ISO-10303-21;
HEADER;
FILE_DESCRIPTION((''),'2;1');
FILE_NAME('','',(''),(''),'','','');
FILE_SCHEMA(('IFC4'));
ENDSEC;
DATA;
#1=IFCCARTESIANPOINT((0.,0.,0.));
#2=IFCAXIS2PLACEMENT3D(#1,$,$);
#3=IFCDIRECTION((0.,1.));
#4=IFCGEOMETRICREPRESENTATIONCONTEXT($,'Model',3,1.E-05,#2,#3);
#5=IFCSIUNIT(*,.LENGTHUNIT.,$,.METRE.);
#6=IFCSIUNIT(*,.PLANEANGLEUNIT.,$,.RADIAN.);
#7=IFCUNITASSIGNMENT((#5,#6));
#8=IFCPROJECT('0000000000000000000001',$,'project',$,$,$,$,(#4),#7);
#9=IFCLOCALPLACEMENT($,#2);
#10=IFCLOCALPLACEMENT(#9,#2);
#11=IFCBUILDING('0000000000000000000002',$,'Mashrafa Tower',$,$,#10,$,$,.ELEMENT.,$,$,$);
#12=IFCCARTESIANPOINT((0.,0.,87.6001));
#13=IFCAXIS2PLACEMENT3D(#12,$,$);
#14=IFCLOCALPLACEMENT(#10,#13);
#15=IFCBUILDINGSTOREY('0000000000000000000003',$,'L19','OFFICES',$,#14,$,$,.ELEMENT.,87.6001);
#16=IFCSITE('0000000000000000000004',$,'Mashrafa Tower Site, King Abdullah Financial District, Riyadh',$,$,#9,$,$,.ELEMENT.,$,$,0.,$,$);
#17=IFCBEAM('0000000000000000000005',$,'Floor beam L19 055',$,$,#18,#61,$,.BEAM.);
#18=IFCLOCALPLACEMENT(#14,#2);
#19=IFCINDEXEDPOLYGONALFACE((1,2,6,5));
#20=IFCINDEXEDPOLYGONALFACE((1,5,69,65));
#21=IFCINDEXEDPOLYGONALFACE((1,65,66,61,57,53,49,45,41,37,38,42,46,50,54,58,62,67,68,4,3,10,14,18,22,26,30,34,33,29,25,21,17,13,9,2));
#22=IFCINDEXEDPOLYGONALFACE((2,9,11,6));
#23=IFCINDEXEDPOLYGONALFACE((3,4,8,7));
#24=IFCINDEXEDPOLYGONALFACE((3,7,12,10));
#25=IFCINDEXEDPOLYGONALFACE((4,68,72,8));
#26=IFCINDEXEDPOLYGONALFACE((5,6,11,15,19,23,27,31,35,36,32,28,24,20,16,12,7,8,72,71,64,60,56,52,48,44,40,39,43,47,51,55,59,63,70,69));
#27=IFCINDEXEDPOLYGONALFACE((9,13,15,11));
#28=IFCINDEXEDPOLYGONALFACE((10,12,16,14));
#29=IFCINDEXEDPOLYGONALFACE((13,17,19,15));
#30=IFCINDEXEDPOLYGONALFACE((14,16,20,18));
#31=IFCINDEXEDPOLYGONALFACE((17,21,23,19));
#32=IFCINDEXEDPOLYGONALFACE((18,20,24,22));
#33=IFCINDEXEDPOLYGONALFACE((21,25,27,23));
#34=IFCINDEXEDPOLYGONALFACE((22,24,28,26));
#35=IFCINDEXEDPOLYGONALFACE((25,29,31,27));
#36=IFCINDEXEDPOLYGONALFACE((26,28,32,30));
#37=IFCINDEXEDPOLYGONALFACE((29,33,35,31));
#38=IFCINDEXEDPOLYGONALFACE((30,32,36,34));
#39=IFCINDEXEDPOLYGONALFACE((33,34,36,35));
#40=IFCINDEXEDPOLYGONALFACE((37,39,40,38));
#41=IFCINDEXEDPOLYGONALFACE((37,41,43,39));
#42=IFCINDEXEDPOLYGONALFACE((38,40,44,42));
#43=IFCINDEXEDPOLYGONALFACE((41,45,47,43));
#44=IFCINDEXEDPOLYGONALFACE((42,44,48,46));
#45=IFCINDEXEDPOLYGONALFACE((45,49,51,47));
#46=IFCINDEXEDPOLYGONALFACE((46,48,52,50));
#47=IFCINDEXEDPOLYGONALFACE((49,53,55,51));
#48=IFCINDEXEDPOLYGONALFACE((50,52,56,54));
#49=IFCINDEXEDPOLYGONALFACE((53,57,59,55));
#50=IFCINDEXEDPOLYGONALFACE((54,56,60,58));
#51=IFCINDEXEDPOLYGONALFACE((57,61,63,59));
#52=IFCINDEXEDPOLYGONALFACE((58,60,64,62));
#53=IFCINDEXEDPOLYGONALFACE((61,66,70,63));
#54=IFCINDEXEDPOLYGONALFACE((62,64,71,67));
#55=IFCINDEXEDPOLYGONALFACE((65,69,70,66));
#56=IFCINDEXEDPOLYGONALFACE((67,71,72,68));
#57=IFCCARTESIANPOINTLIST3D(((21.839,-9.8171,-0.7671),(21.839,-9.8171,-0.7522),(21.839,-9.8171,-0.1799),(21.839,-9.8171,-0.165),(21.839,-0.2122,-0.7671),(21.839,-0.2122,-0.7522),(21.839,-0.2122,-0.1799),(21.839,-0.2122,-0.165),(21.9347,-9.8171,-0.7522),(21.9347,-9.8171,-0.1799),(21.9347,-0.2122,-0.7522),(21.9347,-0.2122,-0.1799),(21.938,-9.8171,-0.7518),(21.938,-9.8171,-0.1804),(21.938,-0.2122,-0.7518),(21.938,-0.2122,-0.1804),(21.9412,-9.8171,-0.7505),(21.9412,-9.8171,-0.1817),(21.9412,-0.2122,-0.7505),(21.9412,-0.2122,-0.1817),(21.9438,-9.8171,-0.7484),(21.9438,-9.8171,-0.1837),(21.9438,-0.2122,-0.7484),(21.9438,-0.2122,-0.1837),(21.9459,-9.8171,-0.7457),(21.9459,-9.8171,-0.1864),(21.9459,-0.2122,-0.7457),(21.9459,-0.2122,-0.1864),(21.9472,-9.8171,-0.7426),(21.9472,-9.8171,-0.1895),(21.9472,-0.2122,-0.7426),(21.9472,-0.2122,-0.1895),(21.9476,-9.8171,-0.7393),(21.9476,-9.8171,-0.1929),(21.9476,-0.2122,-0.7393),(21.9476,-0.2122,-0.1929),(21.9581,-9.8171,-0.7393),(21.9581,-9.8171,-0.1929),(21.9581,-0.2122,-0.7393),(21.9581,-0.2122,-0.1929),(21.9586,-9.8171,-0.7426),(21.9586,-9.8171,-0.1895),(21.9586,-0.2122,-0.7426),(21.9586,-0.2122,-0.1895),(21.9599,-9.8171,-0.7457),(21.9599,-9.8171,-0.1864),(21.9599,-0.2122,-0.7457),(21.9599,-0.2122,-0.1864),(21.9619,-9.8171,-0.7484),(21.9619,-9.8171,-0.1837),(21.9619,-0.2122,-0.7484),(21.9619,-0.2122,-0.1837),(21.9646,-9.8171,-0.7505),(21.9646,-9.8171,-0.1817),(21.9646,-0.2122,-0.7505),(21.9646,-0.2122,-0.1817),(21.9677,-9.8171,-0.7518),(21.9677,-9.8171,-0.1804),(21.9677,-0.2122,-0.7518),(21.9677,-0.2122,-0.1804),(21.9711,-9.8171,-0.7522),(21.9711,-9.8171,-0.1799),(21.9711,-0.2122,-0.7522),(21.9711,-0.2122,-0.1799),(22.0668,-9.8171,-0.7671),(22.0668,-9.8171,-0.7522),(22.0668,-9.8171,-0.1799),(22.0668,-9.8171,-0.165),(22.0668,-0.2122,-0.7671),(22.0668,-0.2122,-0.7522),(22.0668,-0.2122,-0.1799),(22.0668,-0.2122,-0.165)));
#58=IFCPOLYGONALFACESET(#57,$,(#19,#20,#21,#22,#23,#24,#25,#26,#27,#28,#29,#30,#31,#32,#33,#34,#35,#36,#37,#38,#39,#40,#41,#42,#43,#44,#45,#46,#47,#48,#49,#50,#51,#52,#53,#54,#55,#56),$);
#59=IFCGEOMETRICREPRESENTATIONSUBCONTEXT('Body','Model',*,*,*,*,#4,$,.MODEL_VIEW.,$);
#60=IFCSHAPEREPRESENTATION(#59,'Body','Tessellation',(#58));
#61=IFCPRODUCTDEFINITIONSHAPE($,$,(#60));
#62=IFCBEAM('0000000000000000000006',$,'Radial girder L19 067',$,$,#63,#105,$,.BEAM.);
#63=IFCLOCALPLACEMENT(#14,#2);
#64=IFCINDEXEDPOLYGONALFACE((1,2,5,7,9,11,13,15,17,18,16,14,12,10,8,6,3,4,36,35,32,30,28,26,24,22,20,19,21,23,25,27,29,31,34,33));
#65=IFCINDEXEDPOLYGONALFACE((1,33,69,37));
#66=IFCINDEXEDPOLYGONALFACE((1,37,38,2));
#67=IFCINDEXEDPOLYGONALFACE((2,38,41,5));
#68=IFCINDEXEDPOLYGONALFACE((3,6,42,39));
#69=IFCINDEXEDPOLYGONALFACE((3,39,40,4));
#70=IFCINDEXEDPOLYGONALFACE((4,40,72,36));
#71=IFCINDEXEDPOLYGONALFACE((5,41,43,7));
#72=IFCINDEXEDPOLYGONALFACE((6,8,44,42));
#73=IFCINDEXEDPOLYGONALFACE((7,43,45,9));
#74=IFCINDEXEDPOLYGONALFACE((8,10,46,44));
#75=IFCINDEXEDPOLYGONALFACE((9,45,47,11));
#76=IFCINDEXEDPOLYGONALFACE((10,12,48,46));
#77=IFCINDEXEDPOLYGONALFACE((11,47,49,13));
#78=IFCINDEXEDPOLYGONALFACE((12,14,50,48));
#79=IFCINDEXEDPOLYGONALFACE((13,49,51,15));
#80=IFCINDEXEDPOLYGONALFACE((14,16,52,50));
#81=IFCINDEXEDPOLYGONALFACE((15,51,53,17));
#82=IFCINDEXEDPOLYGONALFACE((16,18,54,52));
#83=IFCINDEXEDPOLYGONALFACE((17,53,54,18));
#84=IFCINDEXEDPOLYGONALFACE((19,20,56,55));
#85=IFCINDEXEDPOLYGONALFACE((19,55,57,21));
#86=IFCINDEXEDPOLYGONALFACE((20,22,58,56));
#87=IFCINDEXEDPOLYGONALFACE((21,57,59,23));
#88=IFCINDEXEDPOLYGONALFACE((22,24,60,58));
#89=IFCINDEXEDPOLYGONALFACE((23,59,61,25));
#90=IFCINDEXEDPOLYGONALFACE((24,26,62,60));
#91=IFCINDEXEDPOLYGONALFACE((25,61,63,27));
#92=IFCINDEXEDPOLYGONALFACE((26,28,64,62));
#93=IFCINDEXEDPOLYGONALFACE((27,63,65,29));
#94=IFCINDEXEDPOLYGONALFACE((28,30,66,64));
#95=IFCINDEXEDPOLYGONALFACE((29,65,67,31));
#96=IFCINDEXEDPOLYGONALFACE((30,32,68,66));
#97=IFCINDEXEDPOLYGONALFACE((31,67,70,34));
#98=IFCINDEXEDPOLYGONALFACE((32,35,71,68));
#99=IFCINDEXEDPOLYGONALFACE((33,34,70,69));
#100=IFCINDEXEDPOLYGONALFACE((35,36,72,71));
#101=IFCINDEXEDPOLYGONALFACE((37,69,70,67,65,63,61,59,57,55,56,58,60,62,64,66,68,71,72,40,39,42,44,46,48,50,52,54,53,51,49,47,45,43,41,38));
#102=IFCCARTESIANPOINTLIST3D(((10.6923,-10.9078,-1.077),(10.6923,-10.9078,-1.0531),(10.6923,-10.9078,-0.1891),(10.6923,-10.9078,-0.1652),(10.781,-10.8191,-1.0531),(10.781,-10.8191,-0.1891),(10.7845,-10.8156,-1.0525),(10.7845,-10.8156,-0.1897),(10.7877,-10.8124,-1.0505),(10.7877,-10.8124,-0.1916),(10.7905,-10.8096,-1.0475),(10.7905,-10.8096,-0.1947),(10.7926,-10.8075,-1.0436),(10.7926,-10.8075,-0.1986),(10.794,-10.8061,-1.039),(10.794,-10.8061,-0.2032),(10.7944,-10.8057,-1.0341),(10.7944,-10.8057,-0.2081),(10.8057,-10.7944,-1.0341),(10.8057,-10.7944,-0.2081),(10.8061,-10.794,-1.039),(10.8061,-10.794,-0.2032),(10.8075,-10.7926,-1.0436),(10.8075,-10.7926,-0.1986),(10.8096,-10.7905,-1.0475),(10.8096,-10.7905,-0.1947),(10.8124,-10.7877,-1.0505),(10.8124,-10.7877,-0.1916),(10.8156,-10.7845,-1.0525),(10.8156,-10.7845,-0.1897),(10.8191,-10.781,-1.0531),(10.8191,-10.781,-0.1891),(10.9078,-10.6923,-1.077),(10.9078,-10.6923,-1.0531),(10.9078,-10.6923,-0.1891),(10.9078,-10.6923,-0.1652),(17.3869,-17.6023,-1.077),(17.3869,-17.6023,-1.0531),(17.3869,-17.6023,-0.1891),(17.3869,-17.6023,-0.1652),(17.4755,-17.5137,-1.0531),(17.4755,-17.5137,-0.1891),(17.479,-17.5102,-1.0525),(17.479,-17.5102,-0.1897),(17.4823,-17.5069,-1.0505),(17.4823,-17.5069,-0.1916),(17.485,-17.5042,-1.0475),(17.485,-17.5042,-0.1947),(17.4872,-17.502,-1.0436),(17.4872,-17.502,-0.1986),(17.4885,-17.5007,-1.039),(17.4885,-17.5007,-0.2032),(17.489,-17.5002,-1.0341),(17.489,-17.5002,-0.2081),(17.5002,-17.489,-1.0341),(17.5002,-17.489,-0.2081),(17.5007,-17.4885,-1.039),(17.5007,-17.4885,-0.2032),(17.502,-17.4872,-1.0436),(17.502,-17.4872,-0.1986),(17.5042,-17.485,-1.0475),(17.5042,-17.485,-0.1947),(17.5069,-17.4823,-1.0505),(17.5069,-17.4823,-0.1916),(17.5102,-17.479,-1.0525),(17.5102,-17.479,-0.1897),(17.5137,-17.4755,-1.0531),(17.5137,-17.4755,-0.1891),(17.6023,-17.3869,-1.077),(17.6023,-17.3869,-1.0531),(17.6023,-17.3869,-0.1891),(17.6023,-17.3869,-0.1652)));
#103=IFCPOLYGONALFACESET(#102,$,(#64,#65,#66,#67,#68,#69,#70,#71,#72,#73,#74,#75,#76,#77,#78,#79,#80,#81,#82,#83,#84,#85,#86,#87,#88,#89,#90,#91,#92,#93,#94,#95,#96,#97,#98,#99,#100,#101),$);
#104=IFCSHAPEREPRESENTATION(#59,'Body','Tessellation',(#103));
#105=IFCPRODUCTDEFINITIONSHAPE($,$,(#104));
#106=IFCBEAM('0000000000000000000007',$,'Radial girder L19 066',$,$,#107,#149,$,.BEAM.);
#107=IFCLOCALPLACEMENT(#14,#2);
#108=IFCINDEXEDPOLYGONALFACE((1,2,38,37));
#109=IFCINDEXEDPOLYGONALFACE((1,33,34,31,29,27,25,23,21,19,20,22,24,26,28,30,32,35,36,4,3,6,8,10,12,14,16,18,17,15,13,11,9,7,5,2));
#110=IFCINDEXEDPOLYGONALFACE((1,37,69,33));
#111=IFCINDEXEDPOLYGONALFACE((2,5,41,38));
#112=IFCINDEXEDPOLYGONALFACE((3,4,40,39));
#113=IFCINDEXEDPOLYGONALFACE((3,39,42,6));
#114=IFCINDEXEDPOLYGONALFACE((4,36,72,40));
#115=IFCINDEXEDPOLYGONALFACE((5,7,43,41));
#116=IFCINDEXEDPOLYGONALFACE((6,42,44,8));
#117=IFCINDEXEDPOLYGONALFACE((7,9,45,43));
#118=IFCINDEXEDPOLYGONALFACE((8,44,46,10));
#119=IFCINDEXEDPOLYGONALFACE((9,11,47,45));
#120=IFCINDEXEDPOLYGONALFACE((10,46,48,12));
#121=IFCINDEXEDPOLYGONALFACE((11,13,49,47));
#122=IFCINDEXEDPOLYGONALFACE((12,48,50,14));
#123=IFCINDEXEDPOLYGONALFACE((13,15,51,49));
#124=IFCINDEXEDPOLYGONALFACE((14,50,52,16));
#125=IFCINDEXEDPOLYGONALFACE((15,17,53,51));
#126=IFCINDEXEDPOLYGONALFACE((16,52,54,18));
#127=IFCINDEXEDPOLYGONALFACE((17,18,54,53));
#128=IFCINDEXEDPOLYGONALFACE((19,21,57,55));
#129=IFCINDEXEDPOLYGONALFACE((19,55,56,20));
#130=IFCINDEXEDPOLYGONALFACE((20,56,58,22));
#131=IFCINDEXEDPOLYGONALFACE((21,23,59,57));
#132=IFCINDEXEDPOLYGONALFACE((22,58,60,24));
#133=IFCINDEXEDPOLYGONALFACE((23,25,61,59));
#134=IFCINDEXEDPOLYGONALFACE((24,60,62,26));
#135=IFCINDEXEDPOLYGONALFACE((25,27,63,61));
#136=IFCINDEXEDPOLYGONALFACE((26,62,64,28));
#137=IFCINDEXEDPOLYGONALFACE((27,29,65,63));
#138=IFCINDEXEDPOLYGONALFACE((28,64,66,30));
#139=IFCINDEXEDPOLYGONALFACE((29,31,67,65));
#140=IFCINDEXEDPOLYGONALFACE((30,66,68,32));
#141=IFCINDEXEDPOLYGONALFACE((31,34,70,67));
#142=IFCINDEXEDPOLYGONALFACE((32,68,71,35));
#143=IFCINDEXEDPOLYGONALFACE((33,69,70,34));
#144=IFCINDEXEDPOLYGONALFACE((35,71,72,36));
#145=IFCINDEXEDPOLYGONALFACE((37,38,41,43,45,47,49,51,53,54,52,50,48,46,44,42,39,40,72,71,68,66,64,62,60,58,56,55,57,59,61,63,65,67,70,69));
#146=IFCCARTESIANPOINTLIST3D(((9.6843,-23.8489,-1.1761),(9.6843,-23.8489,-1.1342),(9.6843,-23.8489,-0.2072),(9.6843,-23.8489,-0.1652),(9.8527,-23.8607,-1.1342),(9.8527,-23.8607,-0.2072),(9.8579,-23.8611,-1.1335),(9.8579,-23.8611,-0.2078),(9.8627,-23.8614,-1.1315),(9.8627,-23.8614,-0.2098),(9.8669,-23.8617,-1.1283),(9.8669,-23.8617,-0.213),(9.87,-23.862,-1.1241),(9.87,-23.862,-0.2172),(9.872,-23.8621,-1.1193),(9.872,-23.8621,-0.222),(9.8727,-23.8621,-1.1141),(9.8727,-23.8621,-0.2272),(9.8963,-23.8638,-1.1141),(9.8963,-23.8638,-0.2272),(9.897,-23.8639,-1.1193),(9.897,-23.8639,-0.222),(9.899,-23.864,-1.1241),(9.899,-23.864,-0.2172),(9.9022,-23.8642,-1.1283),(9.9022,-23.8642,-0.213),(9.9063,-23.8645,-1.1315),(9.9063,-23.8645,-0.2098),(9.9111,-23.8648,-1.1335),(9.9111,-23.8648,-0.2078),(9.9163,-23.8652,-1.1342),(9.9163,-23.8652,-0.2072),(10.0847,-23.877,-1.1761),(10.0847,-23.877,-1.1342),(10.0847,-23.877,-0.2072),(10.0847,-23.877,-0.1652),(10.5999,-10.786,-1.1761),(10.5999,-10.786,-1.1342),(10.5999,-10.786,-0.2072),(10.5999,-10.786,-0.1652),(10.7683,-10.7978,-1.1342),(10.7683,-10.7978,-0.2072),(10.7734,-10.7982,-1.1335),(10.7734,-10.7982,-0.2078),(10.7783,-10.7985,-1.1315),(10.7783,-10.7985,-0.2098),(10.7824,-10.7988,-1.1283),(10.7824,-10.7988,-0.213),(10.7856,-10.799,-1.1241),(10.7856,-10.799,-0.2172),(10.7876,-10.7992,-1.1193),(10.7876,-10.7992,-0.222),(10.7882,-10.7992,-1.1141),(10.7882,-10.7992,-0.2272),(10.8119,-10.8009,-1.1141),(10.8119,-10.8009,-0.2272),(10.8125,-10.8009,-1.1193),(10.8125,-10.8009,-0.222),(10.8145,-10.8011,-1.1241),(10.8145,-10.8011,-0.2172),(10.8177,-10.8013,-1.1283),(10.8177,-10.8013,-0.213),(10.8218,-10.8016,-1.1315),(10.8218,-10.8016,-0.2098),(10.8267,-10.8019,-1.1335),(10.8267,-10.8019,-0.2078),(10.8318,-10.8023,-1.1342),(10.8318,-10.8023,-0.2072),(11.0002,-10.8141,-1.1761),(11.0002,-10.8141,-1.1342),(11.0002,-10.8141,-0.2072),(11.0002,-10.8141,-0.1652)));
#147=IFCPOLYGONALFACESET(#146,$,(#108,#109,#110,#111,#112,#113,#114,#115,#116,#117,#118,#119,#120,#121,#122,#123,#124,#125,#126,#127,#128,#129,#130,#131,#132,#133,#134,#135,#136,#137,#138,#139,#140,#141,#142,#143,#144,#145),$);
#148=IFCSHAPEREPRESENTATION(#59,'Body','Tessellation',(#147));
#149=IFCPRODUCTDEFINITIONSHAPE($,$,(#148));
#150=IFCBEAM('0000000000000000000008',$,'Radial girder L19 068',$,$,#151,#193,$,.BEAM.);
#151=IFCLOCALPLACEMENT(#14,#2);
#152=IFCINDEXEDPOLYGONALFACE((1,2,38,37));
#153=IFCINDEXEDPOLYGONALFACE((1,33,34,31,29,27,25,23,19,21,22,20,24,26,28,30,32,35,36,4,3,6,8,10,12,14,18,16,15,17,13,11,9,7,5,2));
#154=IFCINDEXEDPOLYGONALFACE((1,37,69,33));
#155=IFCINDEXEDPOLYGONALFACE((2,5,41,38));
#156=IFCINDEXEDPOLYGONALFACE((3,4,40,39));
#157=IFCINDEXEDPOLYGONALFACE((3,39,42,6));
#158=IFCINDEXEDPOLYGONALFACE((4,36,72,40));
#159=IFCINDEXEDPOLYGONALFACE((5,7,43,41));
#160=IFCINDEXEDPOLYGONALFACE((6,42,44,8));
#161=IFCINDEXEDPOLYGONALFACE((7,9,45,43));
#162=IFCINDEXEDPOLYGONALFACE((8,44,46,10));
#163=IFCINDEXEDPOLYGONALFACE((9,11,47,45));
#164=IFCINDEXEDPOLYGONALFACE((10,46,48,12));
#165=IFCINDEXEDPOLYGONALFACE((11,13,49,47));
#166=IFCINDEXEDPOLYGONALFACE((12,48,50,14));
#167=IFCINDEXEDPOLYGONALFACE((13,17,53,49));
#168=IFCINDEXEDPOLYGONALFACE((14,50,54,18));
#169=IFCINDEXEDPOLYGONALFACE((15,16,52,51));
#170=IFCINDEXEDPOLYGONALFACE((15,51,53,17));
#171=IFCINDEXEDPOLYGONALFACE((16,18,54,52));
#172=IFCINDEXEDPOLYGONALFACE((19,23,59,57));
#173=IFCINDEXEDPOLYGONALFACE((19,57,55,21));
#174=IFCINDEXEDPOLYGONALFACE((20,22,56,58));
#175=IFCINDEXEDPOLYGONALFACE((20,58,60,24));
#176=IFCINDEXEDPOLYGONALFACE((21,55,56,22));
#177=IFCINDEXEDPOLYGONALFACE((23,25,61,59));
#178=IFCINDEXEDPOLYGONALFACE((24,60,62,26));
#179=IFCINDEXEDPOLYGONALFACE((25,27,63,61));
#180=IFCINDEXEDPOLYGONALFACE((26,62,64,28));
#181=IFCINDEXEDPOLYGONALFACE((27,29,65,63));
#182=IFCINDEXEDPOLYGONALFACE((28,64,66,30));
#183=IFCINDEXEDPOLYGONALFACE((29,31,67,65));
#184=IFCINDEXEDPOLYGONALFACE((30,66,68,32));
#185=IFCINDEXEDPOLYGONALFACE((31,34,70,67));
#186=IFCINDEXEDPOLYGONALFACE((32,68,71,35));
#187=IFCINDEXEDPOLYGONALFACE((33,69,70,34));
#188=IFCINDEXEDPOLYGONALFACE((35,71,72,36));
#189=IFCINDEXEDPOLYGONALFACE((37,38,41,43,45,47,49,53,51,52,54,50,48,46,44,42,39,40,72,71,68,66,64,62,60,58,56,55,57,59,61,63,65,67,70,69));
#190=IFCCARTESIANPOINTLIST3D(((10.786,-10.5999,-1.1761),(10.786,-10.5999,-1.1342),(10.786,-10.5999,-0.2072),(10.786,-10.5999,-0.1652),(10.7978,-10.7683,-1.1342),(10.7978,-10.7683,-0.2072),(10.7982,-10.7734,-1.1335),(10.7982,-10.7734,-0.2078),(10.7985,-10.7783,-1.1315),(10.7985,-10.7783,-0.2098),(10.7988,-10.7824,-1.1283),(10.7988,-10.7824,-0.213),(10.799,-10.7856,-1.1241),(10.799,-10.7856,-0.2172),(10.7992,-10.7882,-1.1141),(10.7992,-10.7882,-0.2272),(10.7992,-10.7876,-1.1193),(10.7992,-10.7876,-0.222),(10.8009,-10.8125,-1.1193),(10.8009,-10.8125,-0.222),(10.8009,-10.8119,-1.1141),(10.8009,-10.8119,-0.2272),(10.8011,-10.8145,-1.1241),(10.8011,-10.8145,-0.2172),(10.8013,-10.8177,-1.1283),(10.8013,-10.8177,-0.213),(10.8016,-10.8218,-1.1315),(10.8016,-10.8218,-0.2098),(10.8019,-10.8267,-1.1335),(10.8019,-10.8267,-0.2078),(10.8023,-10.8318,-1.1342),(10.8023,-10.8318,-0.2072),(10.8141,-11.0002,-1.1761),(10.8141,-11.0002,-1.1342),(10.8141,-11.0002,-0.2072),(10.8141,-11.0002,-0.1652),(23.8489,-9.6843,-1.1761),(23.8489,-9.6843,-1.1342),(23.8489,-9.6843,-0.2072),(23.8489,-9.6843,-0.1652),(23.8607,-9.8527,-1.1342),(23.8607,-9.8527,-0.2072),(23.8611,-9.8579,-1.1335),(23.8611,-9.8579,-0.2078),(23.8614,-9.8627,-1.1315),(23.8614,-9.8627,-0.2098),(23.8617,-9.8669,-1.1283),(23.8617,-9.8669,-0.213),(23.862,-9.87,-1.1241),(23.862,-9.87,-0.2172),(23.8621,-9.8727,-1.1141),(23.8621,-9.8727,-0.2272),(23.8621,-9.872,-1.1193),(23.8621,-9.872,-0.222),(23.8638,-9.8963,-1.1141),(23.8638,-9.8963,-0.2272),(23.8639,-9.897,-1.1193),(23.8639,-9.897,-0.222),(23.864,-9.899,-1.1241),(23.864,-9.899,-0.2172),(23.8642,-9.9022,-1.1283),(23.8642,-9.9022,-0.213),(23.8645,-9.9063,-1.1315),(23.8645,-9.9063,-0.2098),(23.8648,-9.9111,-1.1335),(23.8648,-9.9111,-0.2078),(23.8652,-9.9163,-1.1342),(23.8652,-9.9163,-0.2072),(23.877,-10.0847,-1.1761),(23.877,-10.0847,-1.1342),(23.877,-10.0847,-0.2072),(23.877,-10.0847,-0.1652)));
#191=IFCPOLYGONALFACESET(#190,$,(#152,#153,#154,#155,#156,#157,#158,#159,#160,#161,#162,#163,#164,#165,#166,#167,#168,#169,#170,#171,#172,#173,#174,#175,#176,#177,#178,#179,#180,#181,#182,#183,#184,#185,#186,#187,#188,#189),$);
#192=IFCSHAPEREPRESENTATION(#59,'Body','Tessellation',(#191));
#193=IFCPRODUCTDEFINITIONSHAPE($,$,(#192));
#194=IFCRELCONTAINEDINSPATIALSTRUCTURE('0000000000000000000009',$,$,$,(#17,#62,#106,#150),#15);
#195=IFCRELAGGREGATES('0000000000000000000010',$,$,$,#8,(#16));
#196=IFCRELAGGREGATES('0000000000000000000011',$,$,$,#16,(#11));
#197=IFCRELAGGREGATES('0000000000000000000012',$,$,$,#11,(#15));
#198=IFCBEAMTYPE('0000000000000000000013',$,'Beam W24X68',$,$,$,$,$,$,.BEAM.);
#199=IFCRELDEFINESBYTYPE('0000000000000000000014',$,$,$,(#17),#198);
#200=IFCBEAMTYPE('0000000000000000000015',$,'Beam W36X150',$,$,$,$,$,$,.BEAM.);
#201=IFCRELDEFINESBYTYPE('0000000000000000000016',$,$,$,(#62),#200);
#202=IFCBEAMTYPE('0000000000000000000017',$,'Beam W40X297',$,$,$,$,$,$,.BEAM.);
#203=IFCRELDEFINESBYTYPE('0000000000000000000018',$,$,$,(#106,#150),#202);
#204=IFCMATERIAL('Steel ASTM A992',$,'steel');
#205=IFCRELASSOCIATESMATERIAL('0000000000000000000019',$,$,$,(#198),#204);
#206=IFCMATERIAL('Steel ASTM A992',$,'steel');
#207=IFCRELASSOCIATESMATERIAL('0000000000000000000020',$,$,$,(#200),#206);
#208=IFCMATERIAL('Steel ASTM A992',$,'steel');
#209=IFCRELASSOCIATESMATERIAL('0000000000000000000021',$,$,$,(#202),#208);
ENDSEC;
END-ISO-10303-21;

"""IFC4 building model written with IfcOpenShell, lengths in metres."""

from ifc_helpers import new_model, si_unit, direction, frame, origin, origin_2d, place, context, subcontext, project, spatial, i_section, extrude, material, material_profile, profile_set, type_object, element, save


model = new_model("IFC4")

# Units and contexts
model_context = context("Model", 3, precision=1e-05, world=origin(), true_north=direction((0.0, 1.0)))
body_context = subcontext(model_context, "Body", "Model", "MODEL_VIEW")
ifc_project = project(units=[si_unit("LENGTHUNIT", "METRE"), si_unit("PLANEANGLEUNIT", "RADIAN")], contexts=[model_context])

# Site, building, storey
site_placement = place(None, origin())
site = spatial("IfcSite", under=ifc_project, at=site_placement, Name="Mashrafa Tower Site, King Abdullah Financial District, Riyadh", CompositionType="ELEMENT", RefElevation=0.0)
building_placement = place(site_placement, origin())
building = spatial("IfcBuilding", under=site, at=building_placement, Name="Mashrafa Tower", CompositionType="ELEMENT")
storey_placement = place(building_placement, frame((0.0, 0.0, 87.6001)))
storey = spatial("IfcBuildingStorey", under=building, at=storey_placement, Name="L19", Description="OFFICES", CompositionType="ELEMENT", Elevation=87.6001)

# Beams
ifc_material_1 = material(Name="Steel ASTM A992", Category="steel")
ifc_material_profile_1 = material_profile(ifc_material_1, i_section(OverallWidth=0.2278, OverallDepth=0.6021, WebThickness=0.0105, FlangeThickness=0.0149, FilletRadius=0.0129, at=origin_2d()), Name="W24X68")
ifc_profile_set_1 = profile_set([ifc_material_profile_1], Name="Steel ASTM A992")
beam_type_1 = type_object("IfcBeamType", Name="Beam W24X68", PredefinedType="BEAM", material=ifc_profile_set_1)
beam_1_placement = place(storey_placement, frame((21.9529, -0.2122, -0.4661), z_axis=(0.0, -1.0, 0.0), x_axis=(1.0, 0.0, 0.0)))
element("IfcBeam", 1, at=beam_1_placement, inside=storey, type_object=beam_type_1, Name="Floor beam L19 055", PredefinedType="BEAM", context=body_context, shape_type="SweptSolid", body=[
    extrude(i_section(OverallWidth=0.2278, OverallDepth=0.6021, WebThickness=0.0105, FlangeThickness=0.0149, FilletRadius=0.0129, at=origin_2d()), origin(), (0.0, 0.0, 1.0), 9.605),
])
ifc_material_2 = material(Name="Steel ASTM A992", Category="steel")
ifc_material_profile_2 = material_profile(ifc_material_2, i_section(OverallWidth=0.3047, OverallDepth=0.9119, WebThickness=0.0159, FlangeThickness=0.0239, FilletRadius=0.019, at=origin_2d()), Name="W36X150")
ifc_profile_set_2 = profile_set([ifc_material_profile_2], Name="Steel ASTM A992")
beam_type_2 = type_object("IfcBeamType", Name="Beam W36X150", PredefinedType="BEAM", material=ifc_profile_set_2)
beam_2_placement = place(storey_placement, frame((10.8, -10.8, -0.6211), z_axis=(0.707107, -0.707107, 0.0), x_axis=(0.707107, 0.707107, 0.0)))
element("IfcBeam", 2, at=beam_2_placement, inside=storey, type_object=beam_type_2, Name="Radial girder L19 067", PredefinedType="BEAM", context=body_context, shape_type="SweptSolid", body=[
    extrude(i_section(OverallWidth=0.3047, OverallDepth=0.9119, WebThickness=0.0159, FlangeThickness=0.0239, FilletRadius=0.019, at=origin_2d()), origin(), (0.0, 0.0, 1.0), 9.4675),
])
ifc_material_3 = material(Name="Steel ASTM A992", Category="steel")
ifc_material_profile_3 = material_profile(ifc_material_3, i_section(OverallWidth=0.4014, OverallDepth=1.011, WebThickness=0.0237, FlangeThickness=0.042, FilletRadius=0.02, at=origin_2d()), Name="W40X297")
ifc_profile_set_3 = profile_set([ifc_material_profile_3], Name="Steel ASTM A992")
beam_type_3 = type_object("IfcBeamType", Name="Beam W40X297", PredefinedType="BEAM", material=ifc_profile_set_3)
for number, where, z_axis, x_axis, name in (
    (3, (10.8, -10.8, -0.6707), (-0.069914, -0.997553, 0.0), (0.997553, -0.069914, 0.0), "Radial girder L19 066"),
    (4, (10.8, -10.8, -0.6707), (0.997553, 0.069914, 0.0), (-0.069914, 0.997553, 0.0), "Radial girder L19 068"),
):
    element("IfcBeam", number, at=place(storey_placement, frame(where, z_axis=z_axis, x_axis=x_axis)), inside=storey, type_object=beam_type_3, Name=name, PredefinedType="BEAM", context=body_context, shape_type="SweptSolid", body=[
        extrude(i_section(OverallWidth=0.4014, OverallDepth=1.011, WebThickness=0.0237, FlangeThickness=0.042, FilletRadius=0.02, at=origin_2d()), origin(), (0.0, 0.0, 1.0), 13.095),
    ])

save(model, "model.ifc")
